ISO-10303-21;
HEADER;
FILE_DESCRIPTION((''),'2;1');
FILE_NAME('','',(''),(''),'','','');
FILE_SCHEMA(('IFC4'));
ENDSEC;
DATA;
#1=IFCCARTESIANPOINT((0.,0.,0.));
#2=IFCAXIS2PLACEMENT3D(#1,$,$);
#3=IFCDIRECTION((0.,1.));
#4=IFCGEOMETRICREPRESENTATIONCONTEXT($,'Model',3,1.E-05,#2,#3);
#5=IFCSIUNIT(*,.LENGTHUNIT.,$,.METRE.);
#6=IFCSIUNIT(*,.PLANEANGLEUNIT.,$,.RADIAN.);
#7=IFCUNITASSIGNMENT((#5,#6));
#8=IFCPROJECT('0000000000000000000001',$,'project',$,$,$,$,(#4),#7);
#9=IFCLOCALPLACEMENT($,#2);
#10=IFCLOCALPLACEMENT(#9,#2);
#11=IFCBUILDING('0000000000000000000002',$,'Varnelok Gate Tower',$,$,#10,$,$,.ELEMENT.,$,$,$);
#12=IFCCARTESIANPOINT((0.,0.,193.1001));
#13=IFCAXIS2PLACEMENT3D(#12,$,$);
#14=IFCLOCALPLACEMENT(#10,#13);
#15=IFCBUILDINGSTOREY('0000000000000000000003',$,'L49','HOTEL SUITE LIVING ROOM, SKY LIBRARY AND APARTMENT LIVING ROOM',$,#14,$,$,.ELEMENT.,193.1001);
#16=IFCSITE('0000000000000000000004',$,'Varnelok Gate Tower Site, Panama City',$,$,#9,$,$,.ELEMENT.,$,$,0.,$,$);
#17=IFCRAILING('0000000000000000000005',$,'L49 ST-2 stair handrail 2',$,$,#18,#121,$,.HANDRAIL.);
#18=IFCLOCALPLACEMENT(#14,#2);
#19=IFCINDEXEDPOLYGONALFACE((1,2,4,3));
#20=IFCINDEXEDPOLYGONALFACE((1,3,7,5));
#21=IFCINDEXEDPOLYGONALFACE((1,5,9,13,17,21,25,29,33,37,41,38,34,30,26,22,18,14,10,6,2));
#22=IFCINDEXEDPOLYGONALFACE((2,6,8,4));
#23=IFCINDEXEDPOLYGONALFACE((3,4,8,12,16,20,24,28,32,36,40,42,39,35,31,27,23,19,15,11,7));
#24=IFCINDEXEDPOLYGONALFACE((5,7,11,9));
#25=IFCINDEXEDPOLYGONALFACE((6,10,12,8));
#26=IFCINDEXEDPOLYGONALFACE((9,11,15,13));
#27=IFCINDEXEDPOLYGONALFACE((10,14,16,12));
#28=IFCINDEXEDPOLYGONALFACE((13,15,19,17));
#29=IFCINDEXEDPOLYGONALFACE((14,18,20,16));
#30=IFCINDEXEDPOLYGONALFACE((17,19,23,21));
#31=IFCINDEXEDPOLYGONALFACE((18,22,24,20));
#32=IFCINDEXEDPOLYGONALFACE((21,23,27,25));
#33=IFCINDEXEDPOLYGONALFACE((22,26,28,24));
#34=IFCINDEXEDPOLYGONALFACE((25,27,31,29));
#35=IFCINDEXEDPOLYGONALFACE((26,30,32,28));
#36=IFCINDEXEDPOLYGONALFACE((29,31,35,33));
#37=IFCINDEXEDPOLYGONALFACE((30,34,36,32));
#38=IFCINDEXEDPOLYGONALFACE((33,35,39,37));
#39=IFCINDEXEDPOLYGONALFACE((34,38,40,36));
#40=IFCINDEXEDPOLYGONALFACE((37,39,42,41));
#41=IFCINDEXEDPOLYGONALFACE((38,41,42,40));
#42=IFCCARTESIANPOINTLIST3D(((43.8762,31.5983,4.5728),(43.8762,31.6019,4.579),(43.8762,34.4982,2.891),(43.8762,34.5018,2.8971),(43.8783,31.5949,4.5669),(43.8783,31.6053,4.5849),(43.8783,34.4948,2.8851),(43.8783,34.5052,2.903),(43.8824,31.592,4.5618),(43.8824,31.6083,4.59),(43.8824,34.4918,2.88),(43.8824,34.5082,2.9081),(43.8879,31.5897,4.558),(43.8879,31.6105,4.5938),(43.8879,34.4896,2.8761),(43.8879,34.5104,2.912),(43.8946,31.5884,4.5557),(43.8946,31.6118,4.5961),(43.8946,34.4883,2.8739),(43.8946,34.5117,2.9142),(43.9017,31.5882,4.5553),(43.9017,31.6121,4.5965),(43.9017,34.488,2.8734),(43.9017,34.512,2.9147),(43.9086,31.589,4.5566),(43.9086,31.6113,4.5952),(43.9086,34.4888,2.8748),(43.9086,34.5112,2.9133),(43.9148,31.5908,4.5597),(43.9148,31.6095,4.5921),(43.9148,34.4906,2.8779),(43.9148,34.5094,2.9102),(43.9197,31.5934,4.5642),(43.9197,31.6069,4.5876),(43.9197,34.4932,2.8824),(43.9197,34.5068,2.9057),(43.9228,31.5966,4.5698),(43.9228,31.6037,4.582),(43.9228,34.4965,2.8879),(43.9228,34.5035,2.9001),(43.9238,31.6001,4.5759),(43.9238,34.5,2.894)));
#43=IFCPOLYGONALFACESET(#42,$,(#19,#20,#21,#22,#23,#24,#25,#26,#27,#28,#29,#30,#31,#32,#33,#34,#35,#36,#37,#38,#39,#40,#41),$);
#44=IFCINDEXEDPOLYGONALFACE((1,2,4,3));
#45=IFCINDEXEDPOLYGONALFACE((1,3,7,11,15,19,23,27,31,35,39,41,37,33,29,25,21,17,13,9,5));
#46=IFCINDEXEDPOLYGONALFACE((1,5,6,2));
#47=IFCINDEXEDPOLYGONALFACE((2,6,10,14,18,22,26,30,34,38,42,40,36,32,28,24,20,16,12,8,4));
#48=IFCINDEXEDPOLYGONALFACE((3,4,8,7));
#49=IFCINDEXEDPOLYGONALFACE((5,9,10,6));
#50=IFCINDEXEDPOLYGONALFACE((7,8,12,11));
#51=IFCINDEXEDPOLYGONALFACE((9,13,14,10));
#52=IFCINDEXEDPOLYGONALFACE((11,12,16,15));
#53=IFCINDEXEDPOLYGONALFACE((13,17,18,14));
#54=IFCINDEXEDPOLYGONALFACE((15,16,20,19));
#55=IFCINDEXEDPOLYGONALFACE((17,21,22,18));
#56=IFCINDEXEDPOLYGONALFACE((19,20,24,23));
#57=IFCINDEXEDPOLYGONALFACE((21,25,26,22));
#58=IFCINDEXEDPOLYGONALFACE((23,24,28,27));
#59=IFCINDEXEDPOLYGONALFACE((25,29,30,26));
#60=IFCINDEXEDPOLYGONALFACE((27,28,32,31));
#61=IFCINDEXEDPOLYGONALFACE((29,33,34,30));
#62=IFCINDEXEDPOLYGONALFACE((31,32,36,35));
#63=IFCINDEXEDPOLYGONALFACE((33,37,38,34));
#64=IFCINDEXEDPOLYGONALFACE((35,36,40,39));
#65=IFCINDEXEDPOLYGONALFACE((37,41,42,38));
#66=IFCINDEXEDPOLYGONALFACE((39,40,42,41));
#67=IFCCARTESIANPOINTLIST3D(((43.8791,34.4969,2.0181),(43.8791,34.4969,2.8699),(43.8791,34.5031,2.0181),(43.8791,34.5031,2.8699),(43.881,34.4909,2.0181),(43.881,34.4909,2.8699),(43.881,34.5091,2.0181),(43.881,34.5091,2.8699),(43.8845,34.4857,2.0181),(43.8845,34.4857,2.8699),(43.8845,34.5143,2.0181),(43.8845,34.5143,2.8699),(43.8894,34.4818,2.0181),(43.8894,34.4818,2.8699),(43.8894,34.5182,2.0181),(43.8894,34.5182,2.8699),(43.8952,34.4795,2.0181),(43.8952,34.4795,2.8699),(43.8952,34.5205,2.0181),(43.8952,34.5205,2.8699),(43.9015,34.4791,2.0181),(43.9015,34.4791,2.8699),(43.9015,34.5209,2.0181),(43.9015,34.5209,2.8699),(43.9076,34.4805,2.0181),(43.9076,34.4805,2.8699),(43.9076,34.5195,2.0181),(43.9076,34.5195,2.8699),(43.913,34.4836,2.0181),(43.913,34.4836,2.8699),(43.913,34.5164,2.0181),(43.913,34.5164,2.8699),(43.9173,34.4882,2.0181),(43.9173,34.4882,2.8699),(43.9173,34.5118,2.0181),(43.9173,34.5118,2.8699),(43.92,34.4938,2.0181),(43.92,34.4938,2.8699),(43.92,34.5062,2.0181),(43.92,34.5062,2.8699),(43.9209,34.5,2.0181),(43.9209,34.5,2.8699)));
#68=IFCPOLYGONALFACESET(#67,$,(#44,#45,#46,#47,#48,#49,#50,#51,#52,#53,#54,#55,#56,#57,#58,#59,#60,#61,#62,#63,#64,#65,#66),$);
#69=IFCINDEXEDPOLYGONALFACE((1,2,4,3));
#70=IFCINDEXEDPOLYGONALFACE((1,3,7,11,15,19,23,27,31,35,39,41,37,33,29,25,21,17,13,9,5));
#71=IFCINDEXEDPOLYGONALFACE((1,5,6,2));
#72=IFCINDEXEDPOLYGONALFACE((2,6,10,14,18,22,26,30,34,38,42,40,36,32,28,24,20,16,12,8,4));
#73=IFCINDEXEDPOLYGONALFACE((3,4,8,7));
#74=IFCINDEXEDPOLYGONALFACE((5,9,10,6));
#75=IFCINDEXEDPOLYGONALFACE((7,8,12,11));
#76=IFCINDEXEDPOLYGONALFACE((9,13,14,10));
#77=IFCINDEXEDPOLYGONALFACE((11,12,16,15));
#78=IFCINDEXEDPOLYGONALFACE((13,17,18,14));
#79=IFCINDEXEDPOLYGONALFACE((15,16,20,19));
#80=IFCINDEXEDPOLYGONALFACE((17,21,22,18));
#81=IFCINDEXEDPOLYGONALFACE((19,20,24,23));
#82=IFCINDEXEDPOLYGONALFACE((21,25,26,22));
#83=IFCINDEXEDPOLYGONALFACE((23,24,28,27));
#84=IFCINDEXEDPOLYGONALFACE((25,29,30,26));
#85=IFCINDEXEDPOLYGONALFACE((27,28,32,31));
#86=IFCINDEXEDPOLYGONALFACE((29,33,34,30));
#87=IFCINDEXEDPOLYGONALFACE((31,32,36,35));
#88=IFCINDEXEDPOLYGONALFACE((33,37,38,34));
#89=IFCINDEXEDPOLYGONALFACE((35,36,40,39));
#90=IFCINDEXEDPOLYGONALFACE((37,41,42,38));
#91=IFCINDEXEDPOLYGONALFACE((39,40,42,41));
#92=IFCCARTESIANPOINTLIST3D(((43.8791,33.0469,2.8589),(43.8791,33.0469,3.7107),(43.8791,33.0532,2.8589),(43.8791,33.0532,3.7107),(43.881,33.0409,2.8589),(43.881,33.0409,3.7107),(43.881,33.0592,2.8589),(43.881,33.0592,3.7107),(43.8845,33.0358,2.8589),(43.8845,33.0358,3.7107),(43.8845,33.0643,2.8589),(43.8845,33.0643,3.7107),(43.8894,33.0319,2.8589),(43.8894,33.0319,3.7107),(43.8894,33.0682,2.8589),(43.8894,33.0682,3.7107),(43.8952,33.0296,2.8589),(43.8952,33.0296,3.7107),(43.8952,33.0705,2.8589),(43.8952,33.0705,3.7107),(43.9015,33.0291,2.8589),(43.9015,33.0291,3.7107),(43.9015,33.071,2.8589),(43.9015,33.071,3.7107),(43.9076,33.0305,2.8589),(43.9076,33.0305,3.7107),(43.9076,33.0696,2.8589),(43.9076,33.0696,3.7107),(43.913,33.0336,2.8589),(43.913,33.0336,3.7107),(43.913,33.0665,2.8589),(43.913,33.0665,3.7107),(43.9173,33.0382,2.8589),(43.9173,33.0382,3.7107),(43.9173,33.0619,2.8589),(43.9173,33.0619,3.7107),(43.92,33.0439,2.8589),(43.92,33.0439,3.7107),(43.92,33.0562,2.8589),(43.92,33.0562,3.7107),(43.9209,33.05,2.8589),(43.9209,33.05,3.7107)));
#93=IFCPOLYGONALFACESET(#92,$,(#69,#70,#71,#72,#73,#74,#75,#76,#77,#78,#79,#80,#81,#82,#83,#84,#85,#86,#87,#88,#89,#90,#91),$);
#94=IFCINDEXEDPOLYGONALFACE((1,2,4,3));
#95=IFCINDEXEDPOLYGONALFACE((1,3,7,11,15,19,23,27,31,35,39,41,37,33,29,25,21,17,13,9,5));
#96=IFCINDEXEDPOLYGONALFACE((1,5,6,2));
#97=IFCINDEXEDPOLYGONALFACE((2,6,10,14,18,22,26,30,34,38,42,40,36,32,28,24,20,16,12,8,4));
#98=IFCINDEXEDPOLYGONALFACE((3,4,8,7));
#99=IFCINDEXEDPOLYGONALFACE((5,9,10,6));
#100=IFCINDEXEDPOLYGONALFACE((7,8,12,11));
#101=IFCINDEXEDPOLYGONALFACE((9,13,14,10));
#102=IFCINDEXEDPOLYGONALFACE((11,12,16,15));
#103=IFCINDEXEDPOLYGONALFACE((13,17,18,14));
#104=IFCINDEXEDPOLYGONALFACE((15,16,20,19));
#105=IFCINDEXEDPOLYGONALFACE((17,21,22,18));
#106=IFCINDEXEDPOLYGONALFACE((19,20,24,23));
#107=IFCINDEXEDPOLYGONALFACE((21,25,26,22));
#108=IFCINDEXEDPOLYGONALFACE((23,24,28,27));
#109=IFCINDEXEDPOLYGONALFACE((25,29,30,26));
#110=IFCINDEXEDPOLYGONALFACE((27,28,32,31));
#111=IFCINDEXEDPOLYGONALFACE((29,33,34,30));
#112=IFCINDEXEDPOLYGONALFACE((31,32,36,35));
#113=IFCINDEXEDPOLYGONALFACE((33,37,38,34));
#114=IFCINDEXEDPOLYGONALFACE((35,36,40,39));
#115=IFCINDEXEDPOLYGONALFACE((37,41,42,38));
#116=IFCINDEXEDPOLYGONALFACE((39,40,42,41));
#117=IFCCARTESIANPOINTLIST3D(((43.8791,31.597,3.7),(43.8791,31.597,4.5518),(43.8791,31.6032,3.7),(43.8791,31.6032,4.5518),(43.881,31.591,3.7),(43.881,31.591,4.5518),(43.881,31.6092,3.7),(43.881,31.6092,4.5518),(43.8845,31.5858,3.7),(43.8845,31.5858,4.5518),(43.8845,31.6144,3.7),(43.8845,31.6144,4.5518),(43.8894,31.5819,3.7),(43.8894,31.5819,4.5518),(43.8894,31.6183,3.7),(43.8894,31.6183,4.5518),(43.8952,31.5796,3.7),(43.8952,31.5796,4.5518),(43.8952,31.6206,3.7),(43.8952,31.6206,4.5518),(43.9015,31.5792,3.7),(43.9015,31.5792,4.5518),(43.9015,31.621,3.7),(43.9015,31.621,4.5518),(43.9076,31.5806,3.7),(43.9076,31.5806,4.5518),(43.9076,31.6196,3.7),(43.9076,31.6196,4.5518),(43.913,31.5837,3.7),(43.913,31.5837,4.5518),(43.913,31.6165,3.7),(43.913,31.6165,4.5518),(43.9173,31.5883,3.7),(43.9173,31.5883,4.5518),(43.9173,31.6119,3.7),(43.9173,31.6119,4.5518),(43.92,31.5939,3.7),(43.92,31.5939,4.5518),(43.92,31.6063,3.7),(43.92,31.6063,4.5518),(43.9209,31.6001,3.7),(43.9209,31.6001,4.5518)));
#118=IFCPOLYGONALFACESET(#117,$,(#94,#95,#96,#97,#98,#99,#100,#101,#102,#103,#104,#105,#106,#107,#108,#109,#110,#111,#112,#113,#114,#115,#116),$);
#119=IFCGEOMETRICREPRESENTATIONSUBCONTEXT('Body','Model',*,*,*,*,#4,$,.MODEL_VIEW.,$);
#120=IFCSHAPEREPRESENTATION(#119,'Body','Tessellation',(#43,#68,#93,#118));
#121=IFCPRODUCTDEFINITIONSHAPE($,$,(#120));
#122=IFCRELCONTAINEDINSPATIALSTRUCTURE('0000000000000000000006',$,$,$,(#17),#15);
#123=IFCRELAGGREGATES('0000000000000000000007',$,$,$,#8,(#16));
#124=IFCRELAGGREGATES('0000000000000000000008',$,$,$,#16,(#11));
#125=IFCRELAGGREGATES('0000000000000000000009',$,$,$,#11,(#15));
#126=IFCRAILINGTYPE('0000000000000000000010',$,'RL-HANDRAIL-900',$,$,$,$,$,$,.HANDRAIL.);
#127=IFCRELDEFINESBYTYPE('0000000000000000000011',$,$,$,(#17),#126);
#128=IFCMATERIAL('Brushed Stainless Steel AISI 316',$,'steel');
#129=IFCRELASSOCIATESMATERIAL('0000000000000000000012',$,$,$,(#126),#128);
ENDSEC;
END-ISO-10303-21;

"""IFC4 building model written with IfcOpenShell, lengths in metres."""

from ifc_helpers import new_model, si_unit, direction, frame, origin, origin_2d, place, context, subcontext, project, spatial, circle, extrude, material, type_object, element, save


model = new_model("IFC4")

# Units and contexts
model_context = context("Model", 3, precision=1e-05, world=origin(), true_north=direction((0.0, 1.0)))
body_context = subcontext(model_context, "Body", "Model", "MODEL_VIEW")
ifc_project = project(units=[si_unit("LENGTHUNIT", "METRE"), si_unit("PLANEANGLEUNIT", "RADIAN")], contexts=[model_context])

# Site, building, storey
site_placement = place(None, origin())
site = spatial("IfcSite", under=ifc_project, at=site_placement, Name="Varnelok Gate Tower Site, Panama City", CompositionType="ELEMENT", RefElevation=0.0)
building_placement = place(site_placement, origin())
building = spatial("IfcBuilding", under=site, at=building_placement, Name="Varnelok Gate Tower", CompositionType="ELEMENT")
storey_placement = place(building_placement, frame((0.0, 0.0, 193.1001)))
storey = spatial("IfcBuildingStorey", under=building, at=storey_placement, Name="L49", Description="HOTEL SUITE LIVING ROOM, SKY LIBRARY AND APARTMENT LIVING ROOM", CompositionType="ELEMENT", Elevation=193.1001)

# Railing
ifc_material_1 = material(Name="Brushed Stainless Steel AISI 316", Category="steel")
railing_type_1 = type_object("IfcRailingType", Name="RL-HANDRAIL-900", PredefinedType="HANDRAIL", material=ifc_material_1)
railing_1_placement = place(storey_placement, frame((43.8999, 34.5, 2.0181)))
element("IfcRailing", 1, at=railing_1_placement, inside=storey, type_object=railing_type_1, Name="L49 ST-2 stair handrail 2", PredefinedType="HANDRAIL", context=body_context, shape_type="SweptSolid", body=[
    extrude(circle(Radius=0.0239, at=origin_2d()), frame((0.0, 0.0, 0.876), z_axis=(0.0, -0.865039, 0.501705), x_axis=(1.0, 0.0, 0.0)), (0.0, 0.0, 1.0), 3.3523),
    extrude(circle(Radius=0.021, at=origin_2d()), origin(), (0.0, 0.0, 1.0), 0.8518),
    extrude(circle(Radius=0.021, at=origin_2d()), frame((0.0, -1.45, 0.8408)), (0.0, 0.0, 1.0), 0.8518),
    extrude(circle(Radius=0.021, at=origin_2d()), frame((0.0, -2.8999, 1.6819)), (0.0, 0.0, 1.0), 0.8518),
])

save(model, "model.ifc")
